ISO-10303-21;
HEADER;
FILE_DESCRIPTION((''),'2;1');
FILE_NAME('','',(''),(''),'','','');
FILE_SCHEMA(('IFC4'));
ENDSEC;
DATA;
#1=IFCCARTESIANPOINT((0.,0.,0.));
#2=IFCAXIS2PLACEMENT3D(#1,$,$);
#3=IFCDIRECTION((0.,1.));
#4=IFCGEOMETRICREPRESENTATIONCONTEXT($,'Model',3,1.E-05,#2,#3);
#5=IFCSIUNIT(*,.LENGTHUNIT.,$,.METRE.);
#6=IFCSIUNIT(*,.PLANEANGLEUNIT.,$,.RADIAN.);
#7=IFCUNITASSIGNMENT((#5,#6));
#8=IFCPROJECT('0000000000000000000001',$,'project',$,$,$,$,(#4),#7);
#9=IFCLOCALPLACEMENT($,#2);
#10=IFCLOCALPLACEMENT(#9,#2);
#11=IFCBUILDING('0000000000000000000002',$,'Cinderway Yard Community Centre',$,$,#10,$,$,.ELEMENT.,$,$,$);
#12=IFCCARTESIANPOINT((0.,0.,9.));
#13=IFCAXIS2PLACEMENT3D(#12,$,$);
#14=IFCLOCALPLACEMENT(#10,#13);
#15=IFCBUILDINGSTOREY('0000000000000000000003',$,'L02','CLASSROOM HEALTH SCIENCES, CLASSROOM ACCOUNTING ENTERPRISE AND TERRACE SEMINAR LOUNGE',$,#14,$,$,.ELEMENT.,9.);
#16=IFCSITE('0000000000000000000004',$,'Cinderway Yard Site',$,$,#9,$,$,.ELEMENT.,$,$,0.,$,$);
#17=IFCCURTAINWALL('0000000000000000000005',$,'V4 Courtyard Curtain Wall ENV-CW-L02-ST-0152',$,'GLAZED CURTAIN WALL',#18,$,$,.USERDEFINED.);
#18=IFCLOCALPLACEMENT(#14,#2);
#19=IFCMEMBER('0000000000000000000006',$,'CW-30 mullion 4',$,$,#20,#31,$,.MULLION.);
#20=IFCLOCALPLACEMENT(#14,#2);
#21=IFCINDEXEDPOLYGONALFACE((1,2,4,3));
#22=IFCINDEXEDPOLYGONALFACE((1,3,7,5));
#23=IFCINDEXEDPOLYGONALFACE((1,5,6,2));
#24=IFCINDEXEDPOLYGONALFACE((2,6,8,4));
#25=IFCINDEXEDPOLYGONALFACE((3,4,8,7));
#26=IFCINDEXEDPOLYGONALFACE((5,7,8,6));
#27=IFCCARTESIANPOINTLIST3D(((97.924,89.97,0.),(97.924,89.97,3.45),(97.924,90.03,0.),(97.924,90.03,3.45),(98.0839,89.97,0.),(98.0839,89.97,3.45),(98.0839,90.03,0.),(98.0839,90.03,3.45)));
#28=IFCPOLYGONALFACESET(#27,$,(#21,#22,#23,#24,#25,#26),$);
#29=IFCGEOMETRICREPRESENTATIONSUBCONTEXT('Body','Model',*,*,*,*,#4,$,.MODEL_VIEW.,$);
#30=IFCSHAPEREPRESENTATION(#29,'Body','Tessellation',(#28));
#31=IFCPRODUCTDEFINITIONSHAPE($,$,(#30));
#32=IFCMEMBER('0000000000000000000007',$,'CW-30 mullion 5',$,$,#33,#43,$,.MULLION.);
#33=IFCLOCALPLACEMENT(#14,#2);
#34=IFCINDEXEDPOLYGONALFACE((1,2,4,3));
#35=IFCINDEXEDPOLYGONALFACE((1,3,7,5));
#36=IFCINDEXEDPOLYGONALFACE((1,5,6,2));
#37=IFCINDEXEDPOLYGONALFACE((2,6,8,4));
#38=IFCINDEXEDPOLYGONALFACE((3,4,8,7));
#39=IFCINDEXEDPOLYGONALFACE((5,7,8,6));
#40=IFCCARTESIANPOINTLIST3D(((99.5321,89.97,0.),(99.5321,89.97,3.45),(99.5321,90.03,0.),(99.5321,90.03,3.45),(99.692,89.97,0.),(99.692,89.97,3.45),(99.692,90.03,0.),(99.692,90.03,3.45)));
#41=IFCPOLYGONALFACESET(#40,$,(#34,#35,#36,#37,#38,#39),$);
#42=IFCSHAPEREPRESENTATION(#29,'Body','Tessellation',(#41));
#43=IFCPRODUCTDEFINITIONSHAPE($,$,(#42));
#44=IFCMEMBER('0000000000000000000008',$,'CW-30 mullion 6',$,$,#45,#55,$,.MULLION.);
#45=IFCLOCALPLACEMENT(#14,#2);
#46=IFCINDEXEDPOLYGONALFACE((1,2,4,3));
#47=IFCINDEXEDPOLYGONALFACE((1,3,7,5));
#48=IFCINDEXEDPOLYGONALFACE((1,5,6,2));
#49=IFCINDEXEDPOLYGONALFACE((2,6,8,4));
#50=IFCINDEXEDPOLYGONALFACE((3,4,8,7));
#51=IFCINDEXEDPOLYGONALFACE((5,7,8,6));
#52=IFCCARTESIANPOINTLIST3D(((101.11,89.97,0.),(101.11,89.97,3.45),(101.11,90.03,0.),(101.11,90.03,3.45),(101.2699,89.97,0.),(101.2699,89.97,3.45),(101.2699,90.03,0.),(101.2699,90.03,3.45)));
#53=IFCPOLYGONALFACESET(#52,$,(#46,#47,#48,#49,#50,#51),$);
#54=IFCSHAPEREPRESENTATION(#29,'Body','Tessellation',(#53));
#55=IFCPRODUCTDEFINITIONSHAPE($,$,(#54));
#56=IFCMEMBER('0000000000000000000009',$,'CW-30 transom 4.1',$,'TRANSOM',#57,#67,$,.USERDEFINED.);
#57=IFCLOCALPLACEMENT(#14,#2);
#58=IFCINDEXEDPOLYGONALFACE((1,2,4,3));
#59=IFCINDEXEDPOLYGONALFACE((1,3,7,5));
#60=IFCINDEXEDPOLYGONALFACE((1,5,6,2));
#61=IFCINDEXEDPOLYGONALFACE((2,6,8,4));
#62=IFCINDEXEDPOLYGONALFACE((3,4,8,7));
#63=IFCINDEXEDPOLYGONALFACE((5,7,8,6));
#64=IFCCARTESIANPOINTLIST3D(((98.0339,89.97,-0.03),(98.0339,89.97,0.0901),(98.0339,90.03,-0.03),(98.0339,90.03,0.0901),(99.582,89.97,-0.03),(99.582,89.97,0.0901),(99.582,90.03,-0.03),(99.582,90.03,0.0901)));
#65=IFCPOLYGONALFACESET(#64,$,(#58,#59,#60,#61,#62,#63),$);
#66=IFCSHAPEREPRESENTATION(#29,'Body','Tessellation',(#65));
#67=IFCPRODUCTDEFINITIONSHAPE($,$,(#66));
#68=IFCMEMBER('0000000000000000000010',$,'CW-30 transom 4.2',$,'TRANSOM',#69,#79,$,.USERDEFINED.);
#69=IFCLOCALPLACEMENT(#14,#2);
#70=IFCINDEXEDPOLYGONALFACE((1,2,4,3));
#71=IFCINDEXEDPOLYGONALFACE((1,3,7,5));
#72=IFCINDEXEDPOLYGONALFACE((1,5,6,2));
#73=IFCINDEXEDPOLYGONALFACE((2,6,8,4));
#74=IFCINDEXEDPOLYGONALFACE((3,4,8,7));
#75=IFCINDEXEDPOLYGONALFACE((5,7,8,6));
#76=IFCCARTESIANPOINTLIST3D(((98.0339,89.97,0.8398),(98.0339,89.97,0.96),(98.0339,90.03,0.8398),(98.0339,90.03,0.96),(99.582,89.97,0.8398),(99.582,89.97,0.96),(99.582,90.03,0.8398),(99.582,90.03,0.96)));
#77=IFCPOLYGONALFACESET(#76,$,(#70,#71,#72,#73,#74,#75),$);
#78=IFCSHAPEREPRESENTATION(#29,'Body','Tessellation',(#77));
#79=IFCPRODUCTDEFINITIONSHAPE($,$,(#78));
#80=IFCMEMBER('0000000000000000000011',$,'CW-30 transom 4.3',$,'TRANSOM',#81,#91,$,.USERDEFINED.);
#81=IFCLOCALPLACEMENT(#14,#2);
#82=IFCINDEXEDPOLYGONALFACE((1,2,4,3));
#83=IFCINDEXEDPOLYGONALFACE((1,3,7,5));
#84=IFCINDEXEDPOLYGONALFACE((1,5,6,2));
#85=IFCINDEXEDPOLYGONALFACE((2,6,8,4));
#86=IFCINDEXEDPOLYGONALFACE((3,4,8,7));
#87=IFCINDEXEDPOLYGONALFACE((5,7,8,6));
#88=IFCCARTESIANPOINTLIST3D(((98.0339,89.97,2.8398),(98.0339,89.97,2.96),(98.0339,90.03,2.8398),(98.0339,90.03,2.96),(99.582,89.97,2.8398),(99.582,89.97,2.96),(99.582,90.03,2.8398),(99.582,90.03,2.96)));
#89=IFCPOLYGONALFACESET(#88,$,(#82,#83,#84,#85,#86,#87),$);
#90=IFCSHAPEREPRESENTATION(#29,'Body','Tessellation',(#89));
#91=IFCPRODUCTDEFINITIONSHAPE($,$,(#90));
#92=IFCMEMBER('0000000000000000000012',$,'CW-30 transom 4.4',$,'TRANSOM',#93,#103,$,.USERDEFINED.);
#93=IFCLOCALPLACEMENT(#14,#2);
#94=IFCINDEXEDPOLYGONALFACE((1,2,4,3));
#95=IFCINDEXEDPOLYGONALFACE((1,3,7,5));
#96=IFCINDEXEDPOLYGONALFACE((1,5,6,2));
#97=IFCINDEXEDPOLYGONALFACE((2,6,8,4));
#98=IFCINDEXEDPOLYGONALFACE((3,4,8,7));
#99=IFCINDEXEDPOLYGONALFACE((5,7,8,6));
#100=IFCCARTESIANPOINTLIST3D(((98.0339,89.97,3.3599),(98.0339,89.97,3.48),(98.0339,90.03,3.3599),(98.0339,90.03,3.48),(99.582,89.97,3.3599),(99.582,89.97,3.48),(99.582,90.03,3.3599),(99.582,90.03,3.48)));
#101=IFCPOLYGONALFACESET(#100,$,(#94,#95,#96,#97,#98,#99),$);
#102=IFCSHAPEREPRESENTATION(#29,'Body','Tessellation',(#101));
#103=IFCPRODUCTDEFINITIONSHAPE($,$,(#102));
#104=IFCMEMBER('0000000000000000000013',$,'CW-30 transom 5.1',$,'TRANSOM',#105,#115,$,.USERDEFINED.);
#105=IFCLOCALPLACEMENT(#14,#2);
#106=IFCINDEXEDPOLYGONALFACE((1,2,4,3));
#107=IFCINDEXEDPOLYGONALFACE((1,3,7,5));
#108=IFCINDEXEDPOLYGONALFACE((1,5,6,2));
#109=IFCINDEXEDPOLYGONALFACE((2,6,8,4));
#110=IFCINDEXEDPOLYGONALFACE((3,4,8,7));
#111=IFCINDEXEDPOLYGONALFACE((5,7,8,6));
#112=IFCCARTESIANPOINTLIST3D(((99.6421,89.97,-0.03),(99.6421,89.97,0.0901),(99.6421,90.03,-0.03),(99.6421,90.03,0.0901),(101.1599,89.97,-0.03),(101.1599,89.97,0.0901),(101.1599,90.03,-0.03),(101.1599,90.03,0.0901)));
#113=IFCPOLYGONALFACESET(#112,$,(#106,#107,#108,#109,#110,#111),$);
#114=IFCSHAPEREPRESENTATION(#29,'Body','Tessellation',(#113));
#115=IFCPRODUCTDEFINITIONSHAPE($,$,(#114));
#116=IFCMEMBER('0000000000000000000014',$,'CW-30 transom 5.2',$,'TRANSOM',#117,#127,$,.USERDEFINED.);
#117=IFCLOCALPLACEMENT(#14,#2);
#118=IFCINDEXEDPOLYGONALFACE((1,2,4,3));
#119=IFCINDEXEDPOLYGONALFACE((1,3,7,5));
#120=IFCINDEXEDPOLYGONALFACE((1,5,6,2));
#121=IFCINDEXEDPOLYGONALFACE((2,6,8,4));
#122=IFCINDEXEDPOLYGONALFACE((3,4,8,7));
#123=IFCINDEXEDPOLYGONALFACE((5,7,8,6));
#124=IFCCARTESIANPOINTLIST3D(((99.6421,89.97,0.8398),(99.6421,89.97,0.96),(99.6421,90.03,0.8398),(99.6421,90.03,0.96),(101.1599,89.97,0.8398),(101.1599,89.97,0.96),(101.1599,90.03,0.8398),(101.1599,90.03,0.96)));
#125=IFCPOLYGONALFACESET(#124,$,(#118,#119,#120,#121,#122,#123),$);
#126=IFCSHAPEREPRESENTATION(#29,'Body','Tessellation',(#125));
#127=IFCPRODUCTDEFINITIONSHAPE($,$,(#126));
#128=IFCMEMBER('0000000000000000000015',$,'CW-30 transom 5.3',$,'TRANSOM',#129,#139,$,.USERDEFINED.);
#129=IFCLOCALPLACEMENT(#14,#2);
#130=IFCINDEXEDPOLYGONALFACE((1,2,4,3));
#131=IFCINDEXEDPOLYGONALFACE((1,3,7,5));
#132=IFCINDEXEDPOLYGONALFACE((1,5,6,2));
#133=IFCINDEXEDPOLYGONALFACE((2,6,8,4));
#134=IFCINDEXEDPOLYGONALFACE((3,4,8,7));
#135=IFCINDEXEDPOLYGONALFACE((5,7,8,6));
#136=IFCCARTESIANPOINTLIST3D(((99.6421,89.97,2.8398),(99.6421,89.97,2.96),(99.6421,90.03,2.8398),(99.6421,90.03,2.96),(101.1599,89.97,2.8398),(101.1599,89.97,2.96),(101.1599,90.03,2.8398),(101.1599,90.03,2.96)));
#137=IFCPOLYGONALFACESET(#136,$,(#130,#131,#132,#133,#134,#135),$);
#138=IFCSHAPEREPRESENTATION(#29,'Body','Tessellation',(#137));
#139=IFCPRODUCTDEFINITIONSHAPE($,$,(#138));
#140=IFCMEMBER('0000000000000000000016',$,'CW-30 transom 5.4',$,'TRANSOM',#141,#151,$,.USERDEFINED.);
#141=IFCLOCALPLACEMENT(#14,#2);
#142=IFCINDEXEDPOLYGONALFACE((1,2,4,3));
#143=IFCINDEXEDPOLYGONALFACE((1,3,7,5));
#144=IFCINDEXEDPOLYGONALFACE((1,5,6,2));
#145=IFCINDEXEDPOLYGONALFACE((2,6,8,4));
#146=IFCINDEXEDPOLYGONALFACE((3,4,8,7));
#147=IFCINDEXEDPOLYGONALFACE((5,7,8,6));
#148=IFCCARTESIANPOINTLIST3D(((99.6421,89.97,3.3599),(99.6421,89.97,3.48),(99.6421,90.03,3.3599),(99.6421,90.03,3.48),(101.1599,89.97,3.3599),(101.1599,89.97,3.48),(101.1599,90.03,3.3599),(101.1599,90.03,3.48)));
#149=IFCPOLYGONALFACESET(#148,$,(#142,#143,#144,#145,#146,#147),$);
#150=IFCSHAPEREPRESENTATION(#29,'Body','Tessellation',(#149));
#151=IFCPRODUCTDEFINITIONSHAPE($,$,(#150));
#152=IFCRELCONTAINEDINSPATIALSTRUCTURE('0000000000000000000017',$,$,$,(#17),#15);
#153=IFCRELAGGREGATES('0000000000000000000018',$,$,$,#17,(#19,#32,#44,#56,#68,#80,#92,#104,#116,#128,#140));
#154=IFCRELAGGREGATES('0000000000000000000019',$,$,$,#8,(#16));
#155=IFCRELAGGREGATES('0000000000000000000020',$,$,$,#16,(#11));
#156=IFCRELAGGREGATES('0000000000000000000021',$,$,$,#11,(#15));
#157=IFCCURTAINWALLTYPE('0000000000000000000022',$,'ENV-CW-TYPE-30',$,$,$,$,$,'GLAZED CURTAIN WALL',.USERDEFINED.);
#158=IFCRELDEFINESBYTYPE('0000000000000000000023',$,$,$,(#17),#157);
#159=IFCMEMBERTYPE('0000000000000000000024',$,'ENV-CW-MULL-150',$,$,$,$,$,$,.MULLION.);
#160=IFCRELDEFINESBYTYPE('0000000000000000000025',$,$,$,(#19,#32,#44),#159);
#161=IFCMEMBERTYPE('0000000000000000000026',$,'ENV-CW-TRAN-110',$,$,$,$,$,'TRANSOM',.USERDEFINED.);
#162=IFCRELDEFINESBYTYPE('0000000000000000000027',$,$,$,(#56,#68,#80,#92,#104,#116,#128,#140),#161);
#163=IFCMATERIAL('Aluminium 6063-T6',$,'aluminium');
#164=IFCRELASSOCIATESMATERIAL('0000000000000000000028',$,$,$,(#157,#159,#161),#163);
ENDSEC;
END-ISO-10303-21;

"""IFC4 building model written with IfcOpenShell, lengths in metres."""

from ifc_helpers import new_model, si_unit, direction, frame, origin, origin_2d, place, context, subcontext, project, spatial, rectangle, extrude, material, material_profile, profile_set, type_object, element, aggregate, save


model = new_model("IFC4")

# Units and contexts
model_context = context("Model", 3, precision=1e-05, world=origin(), true_north=direction((0.0, 1.0)))
body_context = subcontext(model_context, "Body", "Model", "MODEL_VIEW")
ifc_project = project(units=[si_unit("LENGTHUNIT", "METRE"), si_unit("PLANEANGLEUNIT", "RADIAN")], contexts=[model_context])

# Site, building, storey
site_placement = place(None, origin())
site = spatial("IfcSite", under=ifc_project, at=site_placement, Name="Cinderway Yard Site", CompositionType="ELEMENT", RefElevation=0.0)
building_placement = place(site_placement, origin())
building = spatial("IfcBuilding", under=site, at=building_placement, Name="Cinderway Yard Community Centre", CompositionType="ELEMENT")
storey_placement = place(building_placement, frame((0.0, 0.0, 9.0)))
storey = spatial("IfcBuildingStorey", under=building, at=storey_placement, Name="L02", Description="CLASSROOM HEALTH SCIENCES, CLASSROOM ACCOUNTING ENTERPRISE AND TERRACE SEMINAR LOUNGE", CompositionType="ELEMENT", Elevation=9.0)

# Curtain wall, members
ifc_material_1 = material(Name="Aluminium 6063-T6", Category="aluminium")
curtain_wall_type = type_object("IfcCurtainWallType", Name="ENV-CW-TYPE-30", ElementType="GLAZED CURTAIN WALL", PredefinedType="USERDEFINED", material=ifc_material_1)
curtain_wall_placement = place(storey_placement, origin())
curtain_wall = element("IfcCurtainWall", 1, at=curtain_wall_placement, inside=storey, type_object=curtain_wall_type, Name="V4 Courtyard Curtain Wall ENV-CW-L02-ST-0152", ObjectType="GLAZED CURTAIN WALL", PredefinedType="USERDEFINED")
ifc_material_profile_1 = material_profile(ifc_material_1, rectangle(XDim=0.0601, YDim=0.1599, at=origin_2d()), Name="Aluminium 6063-T6")
ifc_profile_set_1 = profile_set([ifc_material_profile_1], Name="Aluminium 6063-T6")
member_type_1 = type_object("IfcMemberType", Name="ENV-CW-MULL-150", PredefinedType="MULLION", material=ifc_profile_set_1)
member_1_placement = place(storey_placement, frame((98.0039, 90.0, 0.0), z_axis=(0.0, 0.0, 1.0), x_axis=(0.0, 1.0, 0.0)))
member_1 = element("IfcMember", 2, at=member_1_placement, type_object=member_type_1, Name="CW-30 mullion 4", PredefinedType="MULLION", context=body_context, shape_type="SweptSolid", body=[
    extrude(rectangle(XDim=0.0601, YDim=0.1599, at=origin_2d()), origin(), (0.0, 0.0, 1.0), 3.45),
])
member_2_placement = place(storey_placement, frame((99.6121, 90.0, 0.0), z_axis=(0.0, 0.0, 1.0), x_axis=(0.0, 1.0, 0.0)))
member_2 = element("IfcMember", 3, at=member_2_placement, type_object=member_type_1, Name="CW-30 mullion 5", PredefinedType="MULLION", context=body_context, shape_type="SweptSolid", body=[
    extrude(rectangle(XDim=0.0601, YDim=0.1599, at=origin_2d()), origin(), (0.0, 0.0, 1.0), 3.45),
])
member_3_placement = place(storey_placement, frame((101.1899, 90.0, 0.0), z_axis=(0.0, 0.0, 1.0), x_axis=(0.0, 1.0, 0.0)))
member_3 = element("IfcMember", 4, at=member_3_placement, type_object=member_type_1, Name="CW-30 mullion 6", PredefinedType="MULLION", context=body_context, shape_type="SweptSolid", body=[
    extrude(rectangle(XDim=0.0601, YDim=0.1599, at=origin_2d()), origin(), (0.0, 0.0, 1.0), 3.45),
])
ifc_material_profile_2 = material_profile(ifc_material_1, rectangle(XDim=0.0601, YDim=0.1201, at=origin_2d()), Name="Aluminium 6063-T6")
ifc_profile_set_2 = profile_set([ifc_material_profile_2], Name="Aluminium 6063-T6")
member_type_2 = type_object("IfcMemberType", Name="ENV-CW-TRAN-110", ElementType="TRANSOM", PredefinedType="USERDEFINED", material=ifc_profile_set_2)
member_4_placement = place(storey_placement, frame((98.0339, 90.0, 0.03), z_axis=(1.0, 0.0, 0.0), x_axis=(0.0, 1.0, 0.0)))
member_4 = element("IfcMember", 5, at=member_4_placement, type_object=member_type_2, Name="CW-30 transom 4.1", ObjectType="TRANSOM", PredefinedType="USERDEFINED", context=body_context, shape_type="SweptSolid", body=[
    extrude(rectangle(XDim=0.0601, YDim=0.1201, at=origin_2d()), origin(), (0.0, 0.0, 1.0), 1.5481),
])
member_5_placement = place(storey_placement, frame((98.0339, 90.0, 0.8999), z_axis=(1.0, 0.0, 0.0), x_axis=(0.0, 1.0, 0.0)))
member_5 = element("IfcMember", 6, at=member_5_placement, type_object=member_type_2, Name="CW-30 transom 4.2", ObjectType="TRANSOM", PredefinedType="USERDEFINED", context=body_context, shape_type="SweptSolid", body=[
    extrude(rectangle(XDim=0.0601, YDim=0.1201, at=origin_2d()), origin(), (0.0, 0.0, 1.0), 1.5481),
])
member_6_placement = place(storey_placement, frame((98.0339, 90.0, 2.8999), z_axis=(1.0, 0.0, 0.0), x_axis=(0.0, 1.0, 0.0)))
member_6 = element("IfcMember", 7, at=member_6_placement, type_object=member_type_2, Name="CW-30 transom 4.3", ObjectType="TRANSOM", PredefinedType="USERDEFINED", context=body_context, shape_type="SweptSolid", body=[
    extrude(rectangle(XDim=0.0601, YDim=0.1201, at=origin_2d()), origin(), (0.0, 0.0, 1.0), 1.5481),
])
member_7_placement = place(storey_placement, frame((98.0339, 90.0, 3.4199), z_axis=(1.0, 0.0, 0.0), x_axis=(0.0, 1.0, 0.0)))
member_7 = element("IfcMember", 8, at=member_7_placement, type_object=member_type_2, Name="CW-30 transom 4.4", ObjectType="TRANSOM", PredefinedType="USERDEFINED", context=body_context, shape_type="SweptSolid", body=[
    extrude(rectangle(XDim=0.0601, YDim=0.1201, at=origin_2d()), origin(), (0.0, 0.0, 1.0), 1.5481),
])
member_8_placement = place(storey_placement, frame((99.6421, 90.0, 0.03), z_axis=(1.0, 0.0, 0.0), x_axis=(0.0, 1.0, 0.0)))
member_8 = element("IfcMember", 9, at=member_8_placement, type_object=member_type_2, Name="CW-30 transom 5.1", ObjectType="TRANSOM", PredefinedType="USERDEFINED", context=body_context, shape_type="SweptSolid", body=[
    extrude(rectangle(XDim=0.0601, YDim=0.1201, at=origin_2d()), origin(), (0.0, 0.0, 1.0), 1.5178),
])
member_9_placement = place(storey_placement, frame((99.6421, 90.0, 0.8999), z_axis=(1.0, 0.0, 0.0), x_axis=(0.0, 1.0, 0.0)))
member_9 = element("IfcMember", 10, at=member_9_placement, type_object=member_type_2, Name="CW-30 transom 5.2", ObjectType="TRANSOM", PredefinedType="USERDEFINED", context=body_context, shape_type="SweptSolid", body=[
    extrude(rectangle(XDim=0.0601, YDim=0.1201, at=origin_2d()), origin(), (0.0, 0.0, 1.0), 1.5178),
])
member_10_placement = place(storey_placement, frame((99.6421, 90.0, 2.8999), z_axis=(1.0, 0.0, 0.0), x_axis=(0.0, 1.0, 0.0)))
member_10 = element("IfcMember", 11, at=member_10_placement, type_object=member_type_2, Name="CW-30 transom 5.3", ObjectType="TRANSOM", PredefinedType="USERDEFINED", context=body_context, shape_type="SweptSolid", body=[
    extrude(rectangle(XDim=0.0601, YDim=0.1201, at=origin_2d()), origin(), (0.0, 0.0, 1.0), 1.5178),
])
member_11_placement = place(storey_placement, frame((99.6421, 90.0, 3.4199), z_axis=(1.0, 0.0, 0.0), x_axis=(0.0, 1.0, 0.0)))
member_11 = element("IfcMember", 12, at=member_11_placement, type_object=member_type_2, Name="CW-30 transom 5.4", ObjectType="TRANSOM", PredefinedType="USERDEFINED", context=body_context, shape_type="SweptSolid", body=[
    extrude(rectangle(XDim=0.0601, YDim=0.1201, at=origin_2d()), origin(), (0.0, 0.0, 1.0), 1.5178),
])

aggregate(curtain_wall, [member_1, member_2, member_3, member_4, member_5, member_6, member_7, member_8, member_9, member_10, member_11])

save(model, "model.ifc")
